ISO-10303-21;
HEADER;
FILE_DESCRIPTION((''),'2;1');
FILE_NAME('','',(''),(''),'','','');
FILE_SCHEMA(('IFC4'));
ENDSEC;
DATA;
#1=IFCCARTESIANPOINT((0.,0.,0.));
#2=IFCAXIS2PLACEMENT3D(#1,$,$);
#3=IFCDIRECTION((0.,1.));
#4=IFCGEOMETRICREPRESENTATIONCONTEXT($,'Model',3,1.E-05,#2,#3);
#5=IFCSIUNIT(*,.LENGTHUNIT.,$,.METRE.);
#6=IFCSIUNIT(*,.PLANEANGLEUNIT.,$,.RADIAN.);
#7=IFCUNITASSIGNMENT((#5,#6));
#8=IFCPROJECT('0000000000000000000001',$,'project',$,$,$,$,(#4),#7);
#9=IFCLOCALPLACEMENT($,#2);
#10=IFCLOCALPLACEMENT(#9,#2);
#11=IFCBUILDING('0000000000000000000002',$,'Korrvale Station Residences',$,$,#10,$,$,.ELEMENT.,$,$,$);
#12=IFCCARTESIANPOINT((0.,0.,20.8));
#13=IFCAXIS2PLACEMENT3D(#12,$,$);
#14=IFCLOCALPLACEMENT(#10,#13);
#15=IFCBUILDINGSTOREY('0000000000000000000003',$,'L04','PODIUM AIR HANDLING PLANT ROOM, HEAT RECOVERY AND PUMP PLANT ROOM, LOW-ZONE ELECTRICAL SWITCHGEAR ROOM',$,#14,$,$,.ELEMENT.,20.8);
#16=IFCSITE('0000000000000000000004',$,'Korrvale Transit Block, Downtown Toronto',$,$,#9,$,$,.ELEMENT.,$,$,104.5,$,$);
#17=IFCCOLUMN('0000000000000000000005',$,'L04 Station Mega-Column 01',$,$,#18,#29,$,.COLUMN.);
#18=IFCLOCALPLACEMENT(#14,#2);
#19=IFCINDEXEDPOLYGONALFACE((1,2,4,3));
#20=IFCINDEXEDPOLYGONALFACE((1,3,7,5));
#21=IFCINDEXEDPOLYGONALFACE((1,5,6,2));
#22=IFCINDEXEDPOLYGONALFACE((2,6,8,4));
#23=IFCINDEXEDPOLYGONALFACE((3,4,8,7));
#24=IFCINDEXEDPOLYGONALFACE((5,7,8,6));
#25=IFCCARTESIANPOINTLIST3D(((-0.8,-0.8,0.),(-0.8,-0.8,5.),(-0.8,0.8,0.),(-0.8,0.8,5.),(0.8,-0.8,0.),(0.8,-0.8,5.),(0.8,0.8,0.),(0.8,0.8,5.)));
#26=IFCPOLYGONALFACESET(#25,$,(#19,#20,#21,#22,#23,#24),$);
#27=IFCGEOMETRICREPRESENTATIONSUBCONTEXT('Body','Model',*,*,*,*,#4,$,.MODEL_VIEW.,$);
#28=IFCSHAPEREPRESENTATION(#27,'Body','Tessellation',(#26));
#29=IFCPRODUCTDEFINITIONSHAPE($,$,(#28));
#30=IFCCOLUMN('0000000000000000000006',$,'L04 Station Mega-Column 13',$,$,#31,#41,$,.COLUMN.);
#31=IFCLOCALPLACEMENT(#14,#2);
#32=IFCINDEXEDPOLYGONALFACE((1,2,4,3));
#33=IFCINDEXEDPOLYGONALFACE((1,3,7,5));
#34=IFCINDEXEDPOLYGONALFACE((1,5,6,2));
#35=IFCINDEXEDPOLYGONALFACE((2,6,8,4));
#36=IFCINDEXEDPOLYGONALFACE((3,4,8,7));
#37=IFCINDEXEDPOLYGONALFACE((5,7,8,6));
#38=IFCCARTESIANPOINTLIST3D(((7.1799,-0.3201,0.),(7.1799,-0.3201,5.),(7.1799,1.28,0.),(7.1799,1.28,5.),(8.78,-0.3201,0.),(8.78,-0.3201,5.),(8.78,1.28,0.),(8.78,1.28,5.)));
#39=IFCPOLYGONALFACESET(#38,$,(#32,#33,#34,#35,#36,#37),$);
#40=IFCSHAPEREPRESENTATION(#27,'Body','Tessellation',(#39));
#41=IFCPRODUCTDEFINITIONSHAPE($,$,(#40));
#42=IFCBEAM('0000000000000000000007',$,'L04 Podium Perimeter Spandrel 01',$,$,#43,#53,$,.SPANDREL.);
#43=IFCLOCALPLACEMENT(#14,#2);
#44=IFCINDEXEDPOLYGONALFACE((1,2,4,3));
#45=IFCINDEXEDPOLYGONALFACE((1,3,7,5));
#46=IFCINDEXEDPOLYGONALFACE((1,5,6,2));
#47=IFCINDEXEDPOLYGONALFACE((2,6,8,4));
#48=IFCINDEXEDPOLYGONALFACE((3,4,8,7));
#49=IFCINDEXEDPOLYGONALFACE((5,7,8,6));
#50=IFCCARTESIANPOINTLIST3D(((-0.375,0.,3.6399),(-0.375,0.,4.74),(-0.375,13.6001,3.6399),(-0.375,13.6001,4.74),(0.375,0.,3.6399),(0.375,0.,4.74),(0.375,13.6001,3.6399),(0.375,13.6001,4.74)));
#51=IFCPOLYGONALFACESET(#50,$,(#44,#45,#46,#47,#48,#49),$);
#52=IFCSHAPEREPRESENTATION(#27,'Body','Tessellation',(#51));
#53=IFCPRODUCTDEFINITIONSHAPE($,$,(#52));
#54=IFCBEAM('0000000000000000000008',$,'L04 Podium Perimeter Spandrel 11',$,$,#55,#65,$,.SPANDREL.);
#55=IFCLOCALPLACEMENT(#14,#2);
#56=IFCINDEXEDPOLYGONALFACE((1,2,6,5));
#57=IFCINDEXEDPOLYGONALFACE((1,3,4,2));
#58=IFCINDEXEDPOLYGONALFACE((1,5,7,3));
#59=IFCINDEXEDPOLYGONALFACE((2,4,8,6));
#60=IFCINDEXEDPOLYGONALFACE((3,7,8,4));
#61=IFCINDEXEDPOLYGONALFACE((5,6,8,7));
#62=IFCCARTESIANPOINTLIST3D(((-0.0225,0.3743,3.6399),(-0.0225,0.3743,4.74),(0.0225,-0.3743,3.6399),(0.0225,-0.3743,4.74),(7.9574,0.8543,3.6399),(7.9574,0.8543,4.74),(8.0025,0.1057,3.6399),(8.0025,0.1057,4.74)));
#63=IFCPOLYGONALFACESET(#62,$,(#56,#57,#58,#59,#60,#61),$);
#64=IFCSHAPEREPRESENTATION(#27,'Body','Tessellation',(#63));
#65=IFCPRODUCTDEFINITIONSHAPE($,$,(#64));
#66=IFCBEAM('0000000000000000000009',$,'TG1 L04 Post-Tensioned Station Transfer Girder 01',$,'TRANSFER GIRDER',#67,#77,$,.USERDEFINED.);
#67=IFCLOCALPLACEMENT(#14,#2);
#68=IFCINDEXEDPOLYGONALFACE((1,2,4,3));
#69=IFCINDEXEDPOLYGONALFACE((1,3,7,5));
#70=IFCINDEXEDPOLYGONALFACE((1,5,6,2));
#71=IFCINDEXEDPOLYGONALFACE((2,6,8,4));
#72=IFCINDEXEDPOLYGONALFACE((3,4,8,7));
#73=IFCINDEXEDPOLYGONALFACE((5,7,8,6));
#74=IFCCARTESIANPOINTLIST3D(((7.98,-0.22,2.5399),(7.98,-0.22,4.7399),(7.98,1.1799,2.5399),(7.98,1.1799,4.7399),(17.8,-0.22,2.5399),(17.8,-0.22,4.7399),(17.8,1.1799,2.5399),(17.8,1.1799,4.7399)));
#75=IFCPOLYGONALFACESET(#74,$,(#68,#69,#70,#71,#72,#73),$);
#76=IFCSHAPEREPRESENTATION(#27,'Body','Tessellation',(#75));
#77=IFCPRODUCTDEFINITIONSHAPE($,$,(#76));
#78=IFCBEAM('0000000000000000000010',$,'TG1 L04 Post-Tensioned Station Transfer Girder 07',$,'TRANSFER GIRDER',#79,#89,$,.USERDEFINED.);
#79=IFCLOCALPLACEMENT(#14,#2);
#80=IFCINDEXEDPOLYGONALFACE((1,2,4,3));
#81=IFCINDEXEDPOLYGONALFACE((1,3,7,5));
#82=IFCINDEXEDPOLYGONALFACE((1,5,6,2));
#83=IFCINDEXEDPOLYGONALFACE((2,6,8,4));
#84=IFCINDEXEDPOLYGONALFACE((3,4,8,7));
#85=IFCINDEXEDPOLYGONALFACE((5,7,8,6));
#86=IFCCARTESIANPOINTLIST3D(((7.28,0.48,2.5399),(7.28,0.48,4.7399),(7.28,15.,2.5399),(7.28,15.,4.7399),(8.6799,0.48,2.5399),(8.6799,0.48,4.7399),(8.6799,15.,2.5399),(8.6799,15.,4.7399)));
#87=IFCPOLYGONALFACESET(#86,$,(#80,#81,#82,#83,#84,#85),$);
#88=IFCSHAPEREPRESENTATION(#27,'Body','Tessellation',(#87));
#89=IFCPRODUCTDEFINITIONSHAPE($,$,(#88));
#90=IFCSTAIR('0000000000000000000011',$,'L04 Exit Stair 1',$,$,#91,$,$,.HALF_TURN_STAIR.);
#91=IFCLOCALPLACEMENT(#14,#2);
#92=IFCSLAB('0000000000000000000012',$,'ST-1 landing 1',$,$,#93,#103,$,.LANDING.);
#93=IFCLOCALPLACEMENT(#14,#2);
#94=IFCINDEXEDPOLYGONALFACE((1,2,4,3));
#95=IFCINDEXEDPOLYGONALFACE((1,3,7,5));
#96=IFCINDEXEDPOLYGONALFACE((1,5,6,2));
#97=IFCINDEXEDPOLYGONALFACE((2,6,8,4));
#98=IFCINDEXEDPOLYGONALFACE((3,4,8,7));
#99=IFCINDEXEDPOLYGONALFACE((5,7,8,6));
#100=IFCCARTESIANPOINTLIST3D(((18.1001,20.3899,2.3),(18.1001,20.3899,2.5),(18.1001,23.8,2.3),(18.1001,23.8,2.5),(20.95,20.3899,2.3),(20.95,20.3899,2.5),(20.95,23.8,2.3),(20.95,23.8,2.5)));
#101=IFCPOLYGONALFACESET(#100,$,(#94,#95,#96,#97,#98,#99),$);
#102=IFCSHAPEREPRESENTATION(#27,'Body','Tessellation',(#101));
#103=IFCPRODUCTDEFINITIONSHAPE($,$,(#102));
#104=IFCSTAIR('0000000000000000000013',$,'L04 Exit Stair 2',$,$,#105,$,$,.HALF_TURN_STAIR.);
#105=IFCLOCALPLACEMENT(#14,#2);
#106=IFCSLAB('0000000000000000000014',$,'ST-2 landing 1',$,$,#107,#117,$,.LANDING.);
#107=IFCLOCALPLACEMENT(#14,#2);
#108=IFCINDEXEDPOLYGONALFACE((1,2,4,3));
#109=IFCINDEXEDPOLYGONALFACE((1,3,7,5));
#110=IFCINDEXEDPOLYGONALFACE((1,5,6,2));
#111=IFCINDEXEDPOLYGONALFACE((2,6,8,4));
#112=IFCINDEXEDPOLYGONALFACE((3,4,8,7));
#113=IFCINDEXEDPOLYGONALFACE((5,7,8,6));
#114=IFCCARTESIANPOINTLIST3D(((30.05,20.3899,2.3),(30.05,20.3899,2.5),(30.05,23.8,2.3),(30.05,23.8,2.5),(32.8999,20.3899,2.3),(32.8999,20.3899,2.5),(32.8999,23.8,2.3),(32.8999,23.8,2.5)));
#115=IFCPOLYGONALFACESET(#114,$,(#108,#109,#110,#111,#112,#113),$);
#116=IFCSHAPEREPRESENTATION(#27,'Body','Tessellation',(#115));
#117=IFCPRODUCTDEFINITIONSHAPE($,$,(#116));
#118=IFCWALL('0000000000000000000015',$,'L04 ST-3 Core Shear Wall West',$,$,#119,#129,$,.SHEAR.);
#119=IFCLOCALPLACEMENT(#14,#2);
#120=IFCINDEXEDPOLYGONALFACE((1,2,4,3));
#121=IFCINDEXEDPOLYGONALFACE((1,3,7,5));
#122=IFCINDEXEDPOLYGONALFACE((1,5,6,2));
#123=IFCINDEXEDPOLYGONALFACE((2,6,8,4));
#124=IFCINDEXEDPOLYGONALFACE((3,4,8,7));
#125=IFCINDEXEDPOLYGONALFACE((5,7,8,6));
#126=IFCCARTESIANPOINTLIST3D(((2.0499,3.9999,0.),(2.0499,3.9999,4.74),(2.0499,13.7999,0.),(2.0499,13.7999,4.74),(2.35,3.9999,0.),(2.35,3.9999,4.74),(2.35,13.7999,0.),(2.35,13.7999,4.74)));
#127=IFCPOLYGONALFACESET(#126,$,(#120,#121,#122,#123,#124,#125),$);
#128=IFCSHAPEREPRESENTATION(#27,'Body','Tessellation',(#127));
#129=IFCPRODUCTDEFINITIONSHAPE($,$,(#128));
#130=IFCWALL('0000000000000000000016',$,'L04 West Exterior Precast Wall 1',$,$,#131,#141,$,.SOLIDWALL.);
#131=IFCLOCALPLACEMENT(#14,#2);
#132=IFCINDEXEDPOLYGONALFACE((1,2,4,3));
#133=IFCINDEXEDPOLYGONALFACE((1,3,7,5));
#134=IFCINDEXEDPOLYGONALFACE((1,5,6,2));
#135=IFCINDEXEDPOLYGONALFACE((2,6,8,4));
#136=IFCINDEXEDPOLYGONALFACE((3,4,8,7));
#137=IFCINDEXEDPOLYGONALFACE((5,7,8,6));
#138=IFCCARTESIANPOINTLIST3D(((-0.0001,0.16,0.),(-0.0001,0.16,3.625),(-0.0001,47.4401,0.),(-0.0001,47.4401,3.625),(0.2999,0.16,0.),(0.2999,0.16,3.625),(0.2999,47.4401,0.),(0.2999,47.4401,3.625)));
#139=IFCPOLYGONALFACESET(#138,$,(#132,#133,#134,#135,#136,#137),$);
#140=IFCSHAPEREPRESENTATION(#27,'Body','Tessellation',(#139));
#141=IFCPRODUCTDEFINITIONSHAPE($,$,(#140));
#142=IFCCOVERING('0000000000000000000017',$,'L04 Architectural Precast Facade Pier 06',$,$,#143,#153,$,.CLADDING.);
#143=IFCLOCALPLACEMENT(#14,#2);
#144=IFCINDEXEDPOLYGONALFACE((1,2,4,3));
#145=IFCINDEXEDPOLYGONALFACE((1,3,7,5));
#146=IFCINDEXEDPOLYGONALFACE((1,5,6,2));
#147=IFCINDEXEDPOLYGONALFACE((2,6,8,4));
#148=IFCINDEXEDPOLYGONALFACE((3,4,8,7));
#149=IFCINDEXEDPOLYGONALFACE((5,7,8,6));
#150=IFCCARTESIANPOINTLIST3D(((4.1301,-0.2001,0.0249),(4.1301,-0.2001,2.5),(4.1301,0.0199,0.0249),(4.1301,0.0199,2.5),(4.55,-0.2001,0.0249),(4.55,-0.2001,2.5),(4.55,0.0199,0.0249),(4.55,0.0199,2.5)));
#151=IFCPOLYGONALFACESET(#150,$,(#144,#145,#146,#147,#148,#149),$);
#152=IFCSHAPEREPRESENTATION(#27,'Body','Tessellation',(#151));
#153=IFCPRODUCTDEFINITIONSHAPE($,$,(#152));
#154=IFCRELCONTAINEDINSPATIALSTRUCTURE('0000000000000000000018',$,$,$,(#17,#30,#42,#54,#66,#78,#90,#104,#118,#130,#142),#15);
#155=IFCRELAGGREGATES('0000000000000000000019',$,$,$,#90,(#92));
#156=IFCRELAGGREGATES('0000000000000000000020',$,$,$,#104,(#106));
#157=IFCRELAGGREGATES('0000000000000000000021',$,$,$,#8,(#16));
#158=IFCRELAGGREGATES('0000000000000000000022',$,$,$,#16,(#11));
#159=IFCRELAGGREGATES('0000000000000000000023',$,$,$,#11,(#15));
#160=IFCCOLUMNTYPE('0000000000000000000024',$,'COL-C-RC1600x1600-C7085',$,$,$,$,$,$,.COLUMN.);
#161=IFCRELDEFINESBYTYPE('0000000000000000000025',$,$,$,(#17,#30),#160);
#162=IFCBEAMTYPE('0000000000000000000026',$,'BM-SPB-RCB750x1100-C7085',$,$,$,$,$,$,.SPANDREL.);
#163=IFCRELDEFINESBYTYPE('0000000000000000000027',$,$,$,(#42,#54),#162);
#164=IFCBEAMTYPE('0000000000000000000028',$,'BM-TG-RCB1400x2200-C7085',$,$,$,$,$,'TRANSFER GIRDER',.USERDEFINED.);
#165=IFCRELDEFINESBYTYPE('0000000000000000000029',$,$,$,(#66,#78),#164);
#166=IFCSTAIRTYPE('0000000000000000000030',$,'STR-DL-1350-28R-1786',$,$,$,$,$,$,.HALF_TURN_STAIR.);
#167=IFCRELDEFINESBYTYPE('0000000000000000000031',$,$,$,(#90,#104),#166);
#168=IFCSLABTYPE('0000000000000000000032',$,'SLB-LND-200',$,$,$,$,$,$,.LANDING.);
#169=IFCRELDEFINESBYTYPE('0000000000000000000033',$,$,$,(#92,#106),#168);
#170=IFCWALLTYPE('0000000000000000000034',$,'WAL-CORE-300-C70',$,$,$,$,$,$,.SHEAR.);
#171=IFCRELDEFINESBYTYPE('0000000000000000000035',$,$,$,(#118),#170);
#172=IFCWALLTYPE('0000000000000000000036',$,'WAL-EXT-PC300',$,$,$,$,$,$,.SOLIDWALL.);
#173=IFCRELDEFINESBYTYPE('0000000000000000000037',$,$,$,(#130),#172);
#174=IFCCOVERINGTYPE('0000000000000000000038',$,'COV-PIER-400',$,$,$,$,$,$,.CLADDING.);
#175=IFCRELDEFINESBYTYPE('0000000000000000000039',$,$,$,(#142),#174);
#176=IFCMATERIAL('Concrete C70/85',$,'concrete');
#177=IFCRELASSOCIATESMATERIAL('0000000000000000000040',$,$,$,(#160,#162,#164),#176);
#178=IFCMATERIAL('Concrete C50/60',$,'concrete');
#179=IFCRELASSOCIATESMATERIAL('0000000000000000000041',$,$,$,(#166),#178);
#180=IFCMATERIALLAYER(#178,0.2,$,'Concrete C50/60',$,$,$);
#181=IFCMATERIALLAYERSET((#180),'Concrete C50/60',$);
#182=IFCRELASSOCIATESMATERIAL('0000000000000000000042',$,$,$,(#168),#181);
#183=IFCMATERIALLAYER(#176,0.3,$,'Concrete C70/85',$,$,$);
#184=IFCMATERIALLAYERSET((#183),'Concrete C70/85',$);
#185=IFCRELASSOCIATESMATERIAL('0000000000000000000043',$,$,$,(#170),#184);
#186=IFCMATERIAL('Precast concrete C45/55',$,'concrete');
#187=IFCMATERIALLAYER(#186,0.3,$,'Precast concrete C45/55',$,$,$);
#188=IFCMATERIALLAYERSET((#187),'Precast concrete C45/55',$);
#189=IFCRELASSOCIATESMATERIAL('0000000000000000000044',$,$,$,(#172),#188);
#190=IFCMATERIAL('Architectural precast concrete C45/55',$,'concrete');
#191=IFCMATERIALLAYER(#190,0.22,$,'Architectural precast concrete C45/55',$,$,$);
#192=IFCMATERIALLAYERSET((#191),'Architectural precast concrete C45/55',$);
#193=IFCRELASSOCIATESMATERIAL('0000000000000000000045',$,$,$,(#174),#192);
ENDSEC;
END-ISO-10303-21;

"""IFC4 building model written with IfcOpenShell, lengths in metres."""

from ifc_helpers import new_model, si_unit, direction, frame, frame_2d, origin, origin_2d, place, context, subcontext, project, spatial, polyline, rectangle, outline, extrude, material, layer, layer_set, material_profile, profile_set, type_object, element, aggregate, save


model = new_model("IFC4")

# Units and contexts
model_context = context("Model", 3, precision=1e-05, world=origin(), true_north=direction((0.0, 1.0)))
body_context = subcontext(model_context, "Body", "Model", "MODEL_VIEW")
ifc_project = project(units=[si_unit("LENGTHUNIT", "METRE"), si_unit("PLANEANGLEUNIT", "RADIAN")], contexts=[model_context])

# Site, building, storey
site_placement = place(None, origin())
site = spatial("IfcSite", under=ifc_project, at=site_placement, Name="Korrvale Transit Block, Downtown Toronto", CompositionType="ELEMENT", RefElevation=104.5)
building_placement = place(site_placement, origin())
building = spatial("IfcBuilding", under=site, at=building_placement, Name="Korrvale Station Residences", CompositionType="ELEMENT")
storey_placement = place(building_placement, frame((0.0, 0.0, 20.8)))
storey = spatial("IfcBuildingStorey", under=building, at=storey_placement, Name="L04", Description="PODIUM AIR HANDLING PLANT ROOM, HEAT RECOVERY AND PUMP PLANT ROOM, LOW-ZONE ELECTRICAL SWITCHGEAR ROOM", CompositionType="ELEMENT", Elevation=20.8)

# Columns
ifc_material_1 = material(Name="Concrete C70/85", Category="concrete")
ifc_material_profile_1 = material_profile(ifc_material_1, rectangle(XDim=1.6001, YDim=1.6001, at=origin_2d()), Name="RC1600x1600")
ifc_profile_set_1 = profile_set([ifc_material_profile_1], Name="Concrete C70/85")
column_type = type_object("IfcColumnType", Name="COL-C-RC1600x1600-C7085", PredefinedType="COLUMN", material=ifc_profile_set_1)
for number, where, z_axis, x_axis, name in (
    (1, (0.0, 0.0, 0.0), (0.0, 0.0, 1.0), (1.0, 0.0, 0.0), "L04 Station Mega-Column 01"),
    (2, (7.98, 0.48, 0.0), (0.0, 0.0, 1.0), (1.0, 0.0, 0.0), "L04 Station Mega-Column 13"),
):
    element("IfcColumn", number, at=place(storey_placement, frame(where, z_axis=z_axis, x_axis=x_axis)), inside=storey, type_object=column_type, Name=name, PredefinedType="COLUMN", context=body_context, shape_type="SweptSolid", body=[
        extrude(rectangle(XDim=1.6001, YDim=1.6001, at=origin_2d()), origin(), (0.0, 0.0, 1.0), 5.0),
    ])

# Beams
ifc_material_profile_2 = material_profile(ifc_material_1, rectangle(XDim=0.75, YDim=1.1001, at=origin_2d()), Name="RCB750x1100")
ifc_profile_set_2 = profile_set([ifc_material_profile_2], Name="Concrete C70/85")
beam_type_1 = type_object("IfcBeamType", Name="BM-SPB-RCB750x1100-C7085", PredefinedType="SPANDREL", material=ifc_profile_set_2)
beam_1_placement = place(storey_placement, frame((0.0, 0.0, 4.1899), z_axis=(0.0, 1.0, 0.0), x_axis=(-1.0, 0.0, 0.0)))
element("IfcBeam", 3, at=beam_1_placement, inside=storey, type_object=beam_type_1, Name="L04 Podium Perimeter Spandrel 01", PredefinedType="SPANDREL", context=body_context, shape_type="SweptSolid", body=[
    extrude(rectangle(XDim=0.75, YDim=1.1001, at=origin_2d()), origin(), (0.0, 0.0, 1.0), 13.6001),
])
beam_2_placement = place(storey_placement, frame((0.0, 0.0, 4.1899), z_axis=(0.998196, 0.06004, 0.0), x_axis=(-0.06004, 0.998196, 0.0)))
element("IfcBeam", 4, at=beam_2_placement, inside=storey, type_object=beam_type_1, Name="L04 Podium Perimeter Spandrel 11", PredefinedType="SPANDREL", context=body_context, shape_type="SweptSolid", body=[
    extrude(rectangle(XDim=0.75, YDim=1.1001, at=origin_2d()), origin(), (0.0, 0.0, 1.0), 7.9944),
])
ifc_material_profile_3 = material_profile(ifc_material_1, rectangle(XDim=1.3999, YDim=2.2, at=origin_2d()), Name="RCB1400x2200")
ifc_profile_set_3 = profile_set([ifc_material_profile_3], Name="Concrete C70/85")
beam_type_2 = type_object("IfcBeamType", Name="BM-TG-RCB1400x2200-C7085", ElementType="TRANSFER GIRDER", PredefinedType="USERDEFINED", material=ifc_profile_set_3)
beam_3_placement = place(storey_placement, frame((7.98, 0.48, 3.6399), z_axis=(1.0, 0.0, 0.0), x_axis=(0.0, 1.0, 0.0)))
element("IfcBeam", 5, at=beam_3_placement, inside=storey, type_object=beam_type_2, Name="TG1 L04 Post-Tensioned Station Transfer Girder 01", ObjectType="TRANSFER GIRDER", PredefinedType="USERDEFINED", context=body_context, shape_type="SweptSolid", body=[
    extrude(rectangle(XDim=1.3999, YDim=2.2, at=origin_2d()), origin(), (0.0, 0.0, 1.0), 9.8201),
])
beam_4_placement = place(storey_placement, frame((7.98, 0.48, 3.6399), z_axis=(0.0, 1.0, 0.0), x_axis=(-1.0, 0.0, 0.0)))
element("IfcBeam", 6, at=beam_4_placement, inside=storey, type_object=beam_type_2, Name="TG1 L04 Post-Tensioned Station Transfer Girder 07", ObjectType="TRANSFER GIRDER", PredefinedType="USERDEFINED", context=body_context, shape_type="SweptSolid", body=[
    extrude(rectangle(XDim=1.3999, YDim=2.2, at=origin_2d()), origin(), (0.0, 0.0, 1.0), 14.52),
])

# Shared definitions
ifc_material_2 = material(Name="Concrete C50/60", Category="concrete")

# Stairs, slabs
stair_type = type_object("IfcStairType", Name="STR-DL-1350-28R-1786", PredefinedType="HALF_TURN_STAIR", material=ifc_material_2)
stair_1_placement = place(storey_placement, origin())
stair_1 = element("IfcStair", 7, at=stair_1_placement, inside=storey, type_object=stair_type, Name="L04 Exit Stair 1", PredefinedType="HALF_TURN_STAIR")
ifc_layer_1 = layer(ifc_material_2, 0.2, Name="Concrete C50/60")
ifc_layer_set_1 = layer_set([ifc_layer_1], Name="Concrete C50/60")
slab_type_1 = type_object("IfcSlabType", Name="SLB-LND-200", PredefinedType="LANDING", material=ifc_layer_set_1)
slab_1_placement = place(storey_placement, frame((0.0, 0.0, 2.3)))
slab_1 = element("IfcSlab", 8, at=slab_1_placement, type_object=slab_type_1, Name="ST-1 landing 1", PredefinedType="LANDING", context=body_context, shape_type="SweptSolid", body=[
    extrude(outline(polyline([(20.95, 20.3899), (20.95, 23.8), (18.1001, 23.8), (18.1001, 20.3899), (20.95, 20.3899)])), origin(), (0.0, 0.0, 1.0), 0.2),
])
aggregate(stair_1, [slab_1])
stair_2_placement = place(storey_placement, origin())
stair_2 = element("IfcStair", 9, at=stair_2_placement, inside=storey, type_object=stair_type, Name="L04 Exit Stair 2", PredefinedType="HALF_TURN_STAIR")
slab_2_placement = place(storey_placement, frame((0.0, 0.0, 2.3)))
slab_2 = element("IfcSlab", 10, at=slab_2_placement, type_object=slab_type_1, Name="ST-2 landing 1", PredefinedType="LANDING", context=body_context, shape_type="SweptSolid", body=[
    extrude(outline(polyline([(32.8999, 20.3899), (32.8999, 23.8), (30.05, 23.8), (30.05, 20.3899), (32.8999, 20.3899)])), origin(), (0.0, 0.0, 1.0), 0.2),
])
aggregate(stair_2, [slab_2])

# Walls
ifc_layer_2 = layer(ifc_material_1, 0.3, Name="Concrete C70/85")
ifc_layer_set_2 = layer_set([ifc_layer_2], Name="Concrete C70/85")
wall_type_1 = type_object("IfcWallType", Name="WAL-CORE-300-C70", PredefinedType="SHEAR", material=ifc_layer_set_2)
wall_1_placement = place(storey_placement, frame((2.2, 4.0, 0.0), z_axis=(0.0, 0.0, 1.0), x_axis=(0.0, 1.0, 0.0)))
element("IfcWall", 11, at=wall_1_placement, inside=storey, type_object=wall_type_1, Name="L04 ST-3 Core Shear Wall West", PredefinedType="SHEAR", context=body_context, shape_type="SweptSolid", body=[
    extrude(rectangle(XDim=9.8, YDim=0.3, at=frame_2d((4.8999, 0.0))), origin(), (0.0, 0.0, 1.0), 4.74),
])
ifc_material_3 = material(Name="Precast concrete C45/55", Category="concrete")
ifc_layer_3 = layer(ifc_material_3, 0.3, Name="Precast concrete C45/55")
ifc_layer_set_3 = layer_set([ifc_layer_3], Name="Precast concrete C45/55")
wall_type_2 = type_object("IfcWallType", Name="WAL-EXT-PC300", PredefinedType="SOLIDWALL", material=ifc_layer_set_3)
wall_2_placement = place(storey_placement, frame((0.1499, 0.1599, 0.0), z_axis=(0.0, 0.0, 1.0), x_axis=(0.0, 1.0, 0.0)))
element("IfcWall", 12, at=wall_2_placement, inside=storey, type_object=wall_type_2, Name="L04 West Exterior Precast Wall 1", PredefinedType="SOLIDWALL", context=body_context, shape_type="SweptSolid", body=[
    extrude(rectangle(XDim=47.28, YDim=0.3, at=frame_2d((23.6401, 0.0))), origin(), (0.0, 0.0, 1.0), 3.625),
])

# Covering
ifc_material_4 = material(Name="Architectural precast concrete C45/55", Category="concrete")
ifc_layer_4 = layer(ifc_material_4, 0.22, Name="Architectural precast concrete C45/55")
ifc_layer_set_4 = layer_set([ifc_layer_4], Name="Architectural precast concrete C45/55")
covering_type = type_object("IfcCoveringType", Name="COV-PIER-400", PredefinedType="CLADDING", material=ifc_layer_set_4)
covering_placement = place(storey_placement, frame((4.3401, -0.0901, 0.0249), z_axis=(0.0, 0.0, 1.0), x_axis=(1.0, 0.0, 0.0)))
element("IfcCovering", 13, at=covering_placement, inside=storey, type_object=covering_type, Name="L04 Architectural Precast Facade Pier 06", PredefinedType="CLADDING", context=body_context, shape_type="SweptSolid", body=[
    extrude(rectangle(XDim=0.4199, YDim=0.22, at=origin_2d()), origin(), (0.0, 0.0, 1.0), 2.4751),
])

save(model, "model.ifc")
